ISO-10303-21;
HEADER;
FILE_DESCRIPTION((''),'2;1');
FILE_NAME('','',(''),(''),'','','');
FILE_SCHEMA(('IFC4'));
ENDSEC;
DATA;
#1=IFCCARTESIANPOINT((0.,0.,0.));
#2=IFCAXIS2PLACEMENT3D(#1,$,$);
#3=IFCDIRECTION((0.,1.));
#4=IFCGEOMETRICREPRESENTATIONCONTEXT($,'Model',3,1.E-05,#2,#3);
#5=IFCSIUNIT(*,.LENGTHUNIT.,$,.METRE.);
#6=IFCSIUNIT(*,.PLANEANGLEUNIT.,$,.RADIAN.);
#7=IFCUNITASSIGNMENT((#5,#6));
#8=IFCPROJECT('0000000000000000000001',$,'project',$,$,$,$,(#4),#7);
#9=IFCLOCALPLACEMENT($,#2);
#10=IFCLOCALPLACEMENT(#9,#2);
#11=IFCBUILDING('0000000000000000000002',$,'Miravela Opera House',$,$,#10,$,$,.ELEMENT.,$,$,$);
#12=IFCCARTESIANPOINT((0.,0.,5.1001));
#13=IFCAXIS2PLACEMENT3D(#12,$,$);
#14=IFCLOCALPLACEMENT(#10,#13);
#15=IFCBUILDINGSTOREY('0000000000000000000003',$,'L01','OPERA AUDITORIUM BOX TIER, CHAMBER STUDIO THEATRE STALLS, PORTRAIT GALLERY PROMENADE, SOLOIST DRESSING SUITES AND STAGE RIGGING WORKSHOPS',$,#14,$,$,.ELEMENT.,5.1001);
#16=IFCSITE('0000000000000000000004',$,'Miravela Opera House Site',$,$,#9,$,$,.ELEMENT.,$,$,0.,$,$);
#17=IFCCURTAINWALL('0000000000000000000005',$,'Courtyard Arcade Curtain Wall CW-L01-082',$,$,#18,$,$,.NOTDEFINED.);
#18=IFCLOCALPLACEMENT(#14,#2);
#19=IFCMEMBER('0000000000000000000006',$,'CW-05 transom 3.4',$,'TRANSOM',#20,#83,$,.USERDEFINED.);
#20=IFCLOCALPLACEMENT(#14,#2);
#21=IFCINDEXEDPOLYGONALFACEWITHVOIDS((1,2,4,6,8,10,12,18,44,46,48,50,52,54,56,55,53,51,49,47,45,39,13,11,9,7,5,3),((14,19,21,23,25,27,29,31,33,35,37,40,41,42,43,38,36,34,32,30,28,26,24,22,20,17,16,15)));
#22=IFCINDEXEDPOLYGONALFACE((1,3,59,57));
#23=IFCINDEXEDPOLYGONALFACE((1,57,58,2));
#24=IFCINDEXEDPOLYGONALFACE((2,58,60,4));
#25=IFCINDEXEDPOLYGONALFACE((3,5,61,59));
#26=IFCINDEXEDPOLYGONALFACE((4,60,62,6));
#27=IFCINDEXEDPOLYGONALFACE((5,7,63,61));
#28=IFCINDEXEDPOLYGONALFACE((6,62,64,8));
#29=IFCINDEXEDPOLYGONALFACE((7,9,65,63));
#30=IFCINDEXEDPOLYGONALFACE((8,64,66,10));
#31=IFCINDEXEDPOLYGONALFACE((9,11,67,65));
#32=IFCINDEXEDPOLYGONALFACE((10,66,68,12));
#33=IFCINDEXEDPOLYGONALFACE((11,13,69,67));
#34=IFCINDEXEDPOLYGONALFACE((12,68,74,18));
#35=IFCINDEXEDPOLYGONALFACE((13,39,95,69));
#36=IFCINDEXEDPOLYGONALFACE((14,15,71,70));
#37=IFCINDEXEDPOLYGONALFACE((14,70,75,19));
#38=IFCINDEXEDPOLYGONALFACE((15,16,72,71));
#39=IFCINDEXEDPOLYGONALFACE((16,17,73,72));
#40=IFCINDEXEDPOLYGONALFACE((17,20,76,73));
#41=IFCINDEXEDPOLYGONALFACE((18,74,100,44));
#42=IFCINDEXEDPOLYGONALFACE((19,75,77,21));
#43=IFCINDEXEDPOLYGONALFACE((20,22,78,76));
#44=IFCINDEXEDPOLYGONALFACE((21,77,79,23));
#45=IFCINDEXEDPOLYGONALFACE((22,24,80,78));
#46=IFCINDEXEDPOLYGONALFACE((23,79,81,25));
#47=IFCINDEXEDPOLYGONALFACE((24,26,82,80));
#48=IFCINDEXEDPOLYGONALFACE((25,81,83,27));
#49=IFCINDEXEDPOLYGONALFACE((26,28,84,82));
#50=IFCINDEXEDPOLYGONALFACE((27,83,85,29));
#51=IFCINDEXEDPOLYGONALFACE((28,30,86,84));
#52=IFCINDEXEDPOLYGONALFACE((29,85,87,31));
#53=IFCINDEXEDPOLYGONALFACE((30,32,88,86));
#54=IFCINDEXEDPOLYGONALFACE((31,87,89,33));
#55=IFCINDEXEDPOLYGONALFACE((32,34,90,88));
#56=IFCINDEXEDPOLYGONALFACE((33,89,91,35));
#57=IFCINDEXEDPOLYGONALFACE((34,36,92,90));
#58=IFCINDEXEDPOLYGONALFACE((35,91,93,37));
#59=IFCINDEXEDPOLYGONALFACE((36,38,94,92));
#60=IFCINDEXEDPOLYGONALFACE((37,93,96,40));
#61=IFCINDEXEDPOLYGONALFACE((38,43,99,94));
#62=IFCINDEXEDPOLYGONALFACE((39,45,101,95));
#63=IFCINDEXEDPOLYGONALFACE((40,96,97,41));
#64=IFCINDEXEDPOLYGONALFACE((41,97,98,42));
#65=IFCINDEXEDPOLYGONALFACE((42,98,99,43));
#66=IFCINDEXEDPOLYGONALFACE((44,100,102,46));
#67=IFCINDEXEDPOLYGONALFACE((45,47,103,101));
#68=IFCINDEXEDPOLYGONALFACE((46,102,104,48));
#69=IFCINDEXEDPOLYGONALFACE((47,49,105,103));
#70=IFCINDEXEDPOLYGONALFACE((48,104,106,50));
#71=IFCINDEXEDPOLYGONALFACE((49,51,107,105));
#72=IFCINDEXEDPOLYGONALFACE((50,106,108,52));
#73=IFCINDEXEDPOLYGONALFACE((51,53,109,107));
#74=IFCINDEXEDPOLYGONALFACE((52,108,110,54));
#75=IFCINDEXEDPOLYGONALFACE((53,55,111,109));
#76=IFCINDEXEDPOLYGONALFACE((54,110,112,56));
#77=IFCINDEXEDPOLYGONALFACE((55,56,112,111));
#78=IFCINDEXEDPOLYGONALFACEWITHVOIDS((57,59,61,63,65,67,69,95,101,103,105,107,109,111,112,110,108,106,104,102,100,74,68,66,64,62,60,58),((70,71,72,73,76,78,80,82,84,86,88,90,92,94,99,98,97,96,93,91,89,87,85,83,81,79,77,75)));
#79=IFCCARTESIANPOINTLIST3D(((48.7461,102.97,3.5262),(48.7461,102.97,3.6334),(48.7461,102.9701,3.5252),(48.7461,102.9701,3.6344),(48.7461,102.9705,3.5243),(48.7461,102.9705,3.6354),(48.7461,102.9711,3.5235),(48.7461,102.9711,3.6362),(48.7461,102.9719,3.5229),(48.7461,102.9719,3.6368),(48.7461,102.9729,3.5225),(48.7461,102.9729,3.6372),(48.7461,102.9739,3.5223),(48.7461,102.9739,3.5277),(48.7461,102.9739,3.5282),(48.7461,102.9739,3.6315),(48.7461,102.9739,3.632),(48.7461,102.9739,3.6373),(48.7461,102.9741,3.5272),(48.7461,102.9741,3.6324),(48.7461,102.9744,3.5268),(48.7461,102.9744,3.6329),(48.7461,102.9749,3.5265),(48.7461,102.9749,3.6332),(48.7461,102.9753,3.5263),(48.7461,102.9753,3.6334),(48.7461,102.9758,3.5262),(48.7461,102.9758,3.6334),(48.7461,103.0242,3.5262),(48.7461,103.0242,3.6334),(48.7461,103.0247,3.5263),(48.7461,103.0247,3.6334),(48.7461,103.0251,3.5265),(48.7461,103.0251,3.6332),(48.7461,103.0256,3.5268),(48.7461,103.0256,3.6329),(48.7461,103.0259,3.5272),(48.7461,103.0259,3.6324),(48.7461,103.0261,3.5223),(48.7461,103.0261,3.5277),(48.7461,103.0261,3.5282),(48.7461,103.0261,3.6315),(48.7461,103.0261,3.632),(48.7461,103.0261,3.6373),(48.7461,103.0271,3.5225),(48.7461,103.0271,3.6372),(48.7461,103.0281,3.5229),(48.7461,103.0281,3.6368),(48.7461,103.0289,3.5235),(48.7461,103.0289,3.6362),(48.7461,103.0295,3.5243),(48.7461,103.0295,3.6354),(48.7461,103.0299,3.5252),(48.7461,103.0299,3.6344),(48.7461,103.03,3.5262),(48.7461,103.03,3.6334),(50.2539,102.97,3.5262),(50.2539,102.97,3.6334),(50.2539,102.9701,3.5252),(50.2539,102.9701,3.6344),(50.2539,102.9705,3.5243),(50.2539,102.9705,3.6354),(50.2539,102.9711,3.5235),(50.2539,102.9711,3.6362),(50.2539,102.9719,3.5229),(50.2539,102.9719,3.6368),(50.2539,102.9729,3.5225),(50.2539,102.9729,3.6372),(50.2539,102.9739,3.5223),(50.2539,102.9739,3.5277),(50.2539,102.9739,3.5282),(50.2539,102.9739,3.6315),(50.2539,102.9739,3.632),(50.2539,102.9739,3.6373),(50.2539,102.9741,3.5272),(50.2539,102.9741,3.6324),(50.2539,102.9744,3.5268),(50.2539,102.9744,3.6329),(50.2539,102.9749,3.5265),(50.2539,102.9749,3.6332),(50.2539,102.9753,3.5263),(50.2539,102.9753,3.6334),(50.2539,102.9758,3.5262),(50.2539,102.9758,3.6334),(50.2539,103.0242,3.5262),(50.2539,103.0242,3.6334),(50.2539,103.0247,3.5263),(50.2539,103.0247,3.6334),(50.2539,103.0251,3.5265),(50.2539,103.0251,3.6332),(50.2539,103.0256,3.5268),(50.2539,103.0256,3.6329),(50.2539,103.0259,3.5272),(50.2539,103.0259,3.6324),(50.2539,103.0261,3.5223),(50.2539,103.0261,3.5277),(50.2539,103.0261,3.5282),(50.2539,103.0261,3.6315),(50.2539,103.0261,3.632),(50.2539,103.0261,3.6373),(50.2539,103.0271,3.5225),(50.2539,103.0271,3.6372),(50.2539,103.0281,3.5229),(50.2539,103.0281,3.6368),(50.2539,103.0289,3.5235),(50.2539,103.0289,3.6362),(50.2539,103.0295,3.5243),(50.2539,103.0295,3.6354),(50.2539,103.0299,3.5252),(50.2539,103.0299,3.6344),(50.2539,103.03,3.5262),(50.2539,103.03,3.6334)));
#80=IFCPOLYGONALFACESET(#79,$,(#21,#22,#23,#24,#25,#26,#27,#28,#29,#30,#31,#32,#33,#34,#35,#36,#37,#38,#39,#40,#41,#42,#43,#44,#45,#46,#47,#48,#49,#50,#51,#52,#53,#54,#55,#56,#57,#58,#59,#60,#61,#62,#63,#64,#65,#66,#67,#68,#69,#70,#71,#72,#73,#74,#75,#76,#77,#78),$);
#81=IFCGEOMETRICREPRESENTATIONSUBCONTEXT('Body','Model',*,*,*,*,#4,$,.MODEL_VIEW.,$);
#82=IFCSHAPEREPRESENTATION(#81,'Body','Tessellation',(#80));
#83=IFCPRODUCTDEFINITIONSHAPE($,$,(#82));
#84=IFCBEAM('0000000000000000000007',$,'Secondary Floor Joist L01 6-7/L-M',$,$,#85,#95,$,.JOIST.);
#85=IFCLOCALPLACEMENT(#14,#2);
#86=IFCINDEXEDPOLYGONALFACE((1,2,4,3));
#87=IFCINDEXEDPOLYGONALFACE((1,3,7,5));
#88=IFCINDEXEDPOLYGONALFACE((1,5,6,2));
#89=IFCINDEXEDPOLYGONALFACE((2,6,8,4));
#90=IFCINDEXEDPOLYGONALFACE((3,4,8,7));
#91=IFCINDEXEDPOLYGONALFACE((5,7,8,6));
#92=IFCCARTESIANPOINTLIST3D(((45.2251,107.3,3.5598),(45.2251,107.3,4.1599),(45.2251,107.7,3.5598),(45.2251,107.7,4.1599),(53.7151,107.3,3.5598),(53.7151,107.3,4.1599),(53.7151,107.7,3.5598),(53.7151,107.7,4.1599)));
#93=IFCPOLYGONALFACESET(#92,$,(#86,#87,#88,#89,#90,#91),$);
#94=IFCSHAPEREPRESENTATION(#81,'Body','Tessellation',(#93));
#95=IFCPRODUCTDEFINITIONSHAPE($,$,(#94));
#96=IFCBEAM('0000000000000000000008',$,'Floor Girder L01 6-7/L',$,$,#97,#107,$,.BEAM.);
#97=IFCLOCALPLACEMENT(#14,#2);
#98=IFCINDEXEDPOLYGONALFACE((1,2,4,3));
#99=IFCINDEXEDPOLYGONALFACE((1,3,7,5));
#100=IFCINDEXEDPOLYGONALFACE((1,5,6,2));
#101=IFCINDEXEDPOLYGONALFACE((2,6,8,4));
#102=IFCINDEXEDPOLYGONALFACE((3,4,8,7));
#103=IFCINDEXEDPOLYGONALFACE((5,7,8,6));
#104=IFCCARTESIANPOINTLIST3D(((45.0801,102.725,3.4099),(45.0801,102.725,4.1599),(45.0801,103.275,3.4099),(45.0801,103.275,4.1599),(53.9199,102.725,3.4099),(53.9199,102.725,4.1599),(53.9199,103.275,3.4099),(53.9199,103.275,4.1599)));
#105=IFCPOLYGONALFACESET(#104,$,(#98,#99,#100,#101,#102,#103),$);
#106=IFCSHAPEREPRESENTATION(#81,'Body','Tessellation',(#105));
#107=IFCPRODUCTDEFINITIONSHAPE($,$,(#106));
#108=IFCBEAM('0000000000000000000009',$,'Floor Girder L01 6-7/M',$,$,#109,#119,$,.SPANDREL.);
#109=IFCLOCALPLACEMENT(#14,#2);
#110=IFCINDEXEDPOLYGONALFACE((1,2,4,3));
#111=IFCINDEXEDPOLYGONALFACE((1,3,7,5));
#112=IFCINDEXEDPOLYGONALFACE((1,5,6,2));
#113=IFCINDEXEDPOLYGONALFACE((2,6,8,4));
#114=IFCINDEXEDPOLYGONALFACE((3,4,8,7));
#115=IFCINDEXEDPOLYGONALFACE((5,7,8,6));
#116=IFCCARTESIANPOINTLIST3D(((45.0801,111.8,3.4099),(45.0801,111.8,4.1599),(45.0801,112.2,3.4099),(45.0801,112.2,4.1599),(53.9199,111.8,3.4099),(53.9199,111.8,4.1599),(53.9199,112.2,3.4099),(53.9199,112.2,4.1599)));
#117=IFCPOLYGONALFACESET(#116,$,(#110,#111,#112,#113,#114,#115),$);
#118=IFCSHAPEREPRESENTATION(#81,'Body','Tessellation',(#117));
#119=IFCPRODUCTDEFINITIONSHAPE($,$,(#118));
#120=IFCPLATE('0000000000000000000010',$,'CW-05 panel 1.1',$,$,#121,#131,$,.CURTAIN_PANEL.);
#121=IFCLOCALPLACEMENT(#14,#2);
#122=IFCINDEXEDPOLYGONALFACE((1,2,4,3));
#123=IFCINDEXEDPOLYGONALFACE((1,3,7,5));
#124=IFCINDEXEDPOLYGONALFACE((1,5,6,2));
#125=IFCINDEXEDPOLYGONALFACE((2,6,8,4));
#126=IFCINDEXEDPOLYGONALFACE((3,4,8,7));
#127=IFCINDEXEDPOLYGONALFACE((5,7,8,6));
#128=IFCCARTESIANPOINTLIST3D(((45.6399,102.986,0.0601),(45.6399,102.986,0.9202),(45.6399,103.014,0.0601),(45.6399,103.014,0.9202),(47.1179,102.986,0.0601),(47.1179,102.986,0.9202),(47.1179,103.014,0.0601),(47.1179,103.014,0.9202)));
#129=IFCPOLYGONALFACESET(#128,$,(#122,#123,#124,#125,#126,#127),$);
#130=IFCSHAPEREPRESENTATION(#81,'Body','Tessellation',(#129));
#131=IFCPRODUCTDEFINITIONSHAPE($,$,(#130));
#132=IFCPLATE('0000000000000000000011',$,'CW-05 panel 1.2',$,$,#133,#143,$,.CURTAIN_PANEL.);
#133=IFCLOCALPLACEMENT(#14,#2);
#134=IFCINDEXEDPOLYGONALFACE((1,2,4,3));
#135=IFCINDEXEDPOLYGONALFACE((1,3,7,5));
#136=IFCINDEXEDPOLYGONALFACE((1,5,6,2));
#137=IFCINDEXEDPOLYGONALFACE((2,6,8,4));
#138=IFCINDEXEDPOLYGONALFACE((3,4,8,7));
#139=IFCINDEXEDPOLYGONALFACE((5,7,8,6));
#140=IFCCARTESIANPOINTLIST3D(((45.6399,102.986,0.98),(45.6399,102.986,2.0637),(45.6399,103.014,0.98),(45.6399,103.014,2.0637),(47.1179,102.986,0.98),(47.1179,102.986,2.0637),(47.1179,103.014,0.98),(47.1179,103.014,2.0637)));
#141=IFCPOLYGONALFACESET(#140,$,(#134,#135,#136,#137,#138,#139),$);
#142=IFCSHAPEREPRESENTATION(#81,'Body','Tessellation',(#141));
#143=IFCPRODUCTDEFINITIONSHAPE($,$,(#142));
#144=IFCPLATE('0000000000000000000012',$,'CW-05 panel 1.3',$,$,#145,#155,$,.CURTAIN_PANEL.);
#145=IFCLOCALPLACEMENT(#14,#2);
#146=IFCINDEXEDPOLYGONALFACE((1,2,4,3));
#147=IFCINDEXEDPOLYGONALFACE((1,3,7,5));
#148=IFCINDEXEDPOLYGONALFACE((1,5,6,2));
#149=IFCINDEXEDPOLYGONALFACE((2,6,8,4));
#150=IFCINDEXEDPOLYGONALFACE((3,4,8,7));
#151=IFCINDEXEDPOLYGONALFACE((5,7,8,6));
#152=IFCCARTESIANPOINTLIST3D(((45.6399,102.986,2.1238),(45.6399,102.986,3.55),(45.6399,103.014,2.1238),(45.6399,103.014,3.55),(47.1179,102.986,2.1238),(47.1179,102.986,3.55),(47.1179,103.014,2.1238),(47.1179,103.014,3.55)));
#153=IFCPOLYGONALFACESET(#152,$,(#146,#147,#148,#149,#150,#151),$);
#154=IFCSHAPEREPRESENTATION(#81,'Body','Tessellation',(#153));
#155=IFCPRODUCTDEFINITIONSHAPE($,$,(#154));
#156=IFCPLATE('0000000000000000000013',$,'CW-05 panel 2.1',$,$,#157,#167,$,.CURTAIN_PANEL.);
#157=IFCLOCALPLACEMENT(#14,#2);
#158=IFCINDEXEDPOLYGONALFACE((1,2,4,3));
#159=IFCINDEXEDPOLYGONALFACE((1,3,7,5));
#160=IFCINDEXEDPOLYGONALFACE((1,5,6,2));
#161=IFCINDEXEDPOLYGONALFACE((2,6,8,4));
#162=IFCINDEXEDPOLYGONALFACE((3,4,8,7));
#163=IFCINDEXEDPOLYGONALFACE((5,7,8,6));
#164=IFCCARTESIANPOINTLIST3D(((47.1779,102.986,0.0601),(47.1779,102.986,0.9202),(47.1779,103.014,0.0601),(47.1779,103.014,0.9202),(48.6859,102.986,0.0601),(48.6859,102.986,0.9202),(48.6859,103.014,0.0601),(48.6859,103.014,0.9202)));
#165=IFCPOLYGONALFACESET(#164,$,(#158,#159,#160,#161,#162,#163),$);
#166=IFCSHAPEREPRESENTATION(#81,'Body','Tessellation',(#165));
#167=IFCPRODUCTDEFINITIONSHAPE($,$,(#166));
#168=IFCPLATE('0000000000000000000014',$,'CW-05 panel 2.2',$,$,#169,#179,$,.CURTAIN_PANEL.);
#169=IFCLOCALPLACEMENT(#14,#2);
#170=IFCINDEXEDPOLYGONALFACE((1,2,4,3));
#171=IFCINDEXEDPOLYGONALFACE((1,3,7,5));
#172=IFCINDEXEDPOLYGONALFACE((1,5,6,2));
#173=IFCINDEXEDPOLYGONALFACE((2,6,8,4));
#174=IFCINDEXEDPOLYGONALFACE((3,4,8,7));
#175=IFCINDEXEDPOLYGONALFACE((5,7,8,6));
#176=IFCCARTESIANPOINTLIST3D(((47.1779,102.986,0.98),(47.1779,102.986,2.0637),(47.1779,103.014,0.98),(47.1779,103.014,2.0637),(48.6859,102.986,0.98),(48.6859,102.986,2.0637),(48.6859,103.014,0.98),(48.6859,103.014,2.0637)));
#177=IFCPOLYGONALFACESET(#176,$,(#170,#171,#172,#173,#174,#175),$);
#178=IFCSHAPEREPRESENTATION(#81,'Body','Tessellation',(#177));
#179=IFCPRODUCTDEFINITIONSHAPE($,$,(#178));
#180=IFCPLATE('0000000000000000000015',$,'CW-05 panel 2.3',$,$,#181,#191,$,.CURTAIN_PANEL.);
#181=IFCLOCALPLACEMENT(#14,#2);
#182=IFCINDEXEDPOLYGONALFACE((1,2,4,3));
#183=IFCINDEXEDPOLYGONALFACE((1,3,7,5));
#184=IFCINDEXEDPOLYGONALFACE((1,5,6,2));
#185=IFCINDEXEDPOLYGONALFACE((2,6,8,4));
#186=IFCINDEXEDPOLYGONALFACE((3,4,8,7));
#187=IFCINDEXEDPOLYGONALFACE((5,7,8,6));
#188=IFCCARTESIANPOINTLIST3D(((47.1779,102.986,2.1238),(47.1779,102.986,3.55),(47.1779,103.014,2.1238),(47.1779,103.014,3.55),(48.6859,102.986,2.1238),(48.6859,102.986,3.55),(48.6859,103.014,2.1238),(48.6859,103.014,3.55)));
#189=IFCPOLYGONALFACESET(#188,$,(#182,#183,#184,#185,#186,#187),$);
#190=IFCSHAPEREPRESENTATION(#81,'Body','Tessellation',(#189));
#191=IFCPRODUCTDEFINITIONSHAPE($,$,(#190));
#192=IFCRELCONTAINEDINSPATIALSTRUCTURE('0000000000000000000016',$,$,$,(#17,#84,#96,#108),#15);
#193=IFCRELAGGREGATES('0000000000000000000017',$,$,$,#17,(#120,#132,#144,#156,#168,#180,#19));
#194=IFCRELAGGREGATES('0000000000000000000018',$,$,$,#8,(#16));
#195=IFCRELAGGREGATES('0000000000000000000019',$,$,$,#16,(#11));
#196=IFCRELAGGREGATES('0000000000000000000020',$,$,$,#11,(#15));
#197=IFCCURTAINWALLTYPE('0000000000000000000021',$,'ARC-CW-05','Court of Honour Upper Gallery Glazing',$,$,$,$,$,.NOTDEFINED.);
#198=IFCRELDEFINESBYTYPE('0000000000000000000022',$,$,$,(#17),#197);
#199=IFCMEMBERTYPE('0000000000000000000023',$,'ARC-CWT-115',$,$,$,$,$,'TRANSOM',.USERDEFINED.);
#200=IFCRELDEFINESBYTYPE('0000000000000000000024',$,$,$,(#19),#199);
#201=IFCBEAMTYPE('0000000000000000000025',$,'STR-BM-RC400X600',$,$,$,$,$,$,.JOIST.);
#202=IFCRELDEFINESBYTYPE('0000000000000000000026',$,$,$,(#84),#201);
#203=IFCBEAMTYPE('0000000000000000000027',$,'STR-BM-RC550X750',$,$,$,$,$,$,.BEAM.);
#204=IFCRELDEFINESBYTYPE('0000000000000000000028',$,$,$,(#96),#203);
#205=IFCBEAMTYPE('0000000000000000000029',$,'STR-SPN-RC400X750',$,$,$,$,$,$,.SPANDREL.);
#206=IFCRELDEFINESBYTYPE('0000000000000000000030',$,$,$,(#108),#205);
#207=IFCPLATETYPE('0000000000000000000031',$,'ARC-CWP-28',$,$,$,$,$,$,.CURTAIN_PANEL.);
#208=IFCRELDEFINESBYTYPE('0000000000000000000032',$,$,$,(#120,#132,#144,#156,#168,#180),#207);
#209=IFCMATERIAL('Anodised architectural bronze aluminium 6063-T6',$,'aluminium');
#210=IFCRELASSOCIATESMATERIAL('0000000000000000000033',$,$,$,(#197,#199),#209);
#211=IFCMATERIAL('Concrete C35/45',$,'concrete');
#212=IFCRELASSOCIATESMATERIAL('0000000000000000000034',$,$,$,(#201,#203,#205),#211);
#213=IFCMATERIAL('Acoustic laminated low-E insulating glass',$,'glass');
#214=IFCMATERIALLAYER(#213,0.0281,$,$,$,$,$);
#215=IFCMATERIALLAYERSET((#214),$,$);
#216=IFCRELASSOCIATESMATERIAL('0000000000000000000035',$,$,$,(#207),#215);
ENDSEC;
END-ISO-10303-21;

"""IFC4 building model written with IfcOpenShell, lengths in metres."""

from ifc_helpers import new_model, si_unit, direction, frame, origin, origin_2d, place, context, subcontext, project, spatial, rectangle, hollow_rectangle, extrude, material, layer, layer_set, material_profile, profile_set, type_object, element, aggregate, save


model = new_model("IFC4")

# Units and contexts
model_context = context("Model", 3, precision=1e-05, world=origin(), true_north=direction((0.0, 1.0)))
body_context = subcontext(model_context, "Body", "Model", "MODEL_VIEW")
ifc_project = project(units=[si_unit("LENGTHUNIT", "METRE"), si_unit("PLANEANGLEUNIT", "RADIAN")], contexts=[model_context])

# Site, building, storey
site_placement = place(None, origin())
site = spatial("IfcSite", under=ifc_project, at=site_placement, Name="Miravela Opera House Site", CompositionType="ELEMENT", RefElevation=0.0)
building_placement = place(site_placement, origin())
building = spatial("IfcBuilding", under=site, at=building_placement, Name="Miravela Opera House", CompositionType="ELEMENT")
storey_placement = place(building_placement, frame((0.0, 0.0, 5.1001)))
storey = spatial("IfcBuildingStorey", under=building, at=storey_placement, Name="L01", Description="OPERA AUDITORIUM BOX TIER, CHAMBER STUDIO THEATRE STALLS, PORTRAIT GALLERY PROMENADE, SOLOIST DRESSING SUITES AND STAGE RIGGING WORKSHOPS", CompositionType="ELEMENT", Elevation=5.1001)

# Curtain wall, member
ifc_material_1 = material(Name="Anodised architectural bronze aluminium 6063-T6", Category="aluminium")
curtain_wall_type = type_object("IfcCurtainWallType", Name="ARC-CW-05", Description="Court of Honour Upper Gallery Glazing", PredefinedType="NOTDEFINED", material=ifc_material_1)
curtain_wall_placement = place(storey_placement, origin())
curtain_wall = element("IfcCurtainWall", 1, at=curtain_wall_placement, inside=storey, type_object=curtain_wall_type, Name="Courtyard Arcade Curtain Wall CW-L01-082", PredefinedType="NOTDEFINED")
ifc_material_profile_1 = material_profile(ifc_material_1, hollow_rectangle(XDim=0.0601, YDim=0.115, WallThickness=0.0039, InnerFilletRadius=0.002, OuterFilletRadius=0.0039, at=origin_2d()), Name="CWT-60X115")
ifc_profile_set_1 = profile_set([ifc_material_profile_1])
member_type_1 = type_object("IfcMemberType", Name="ARC-CWT-115", ElementType="TRANSOM", PredefinedType="USERDEFINED", material=ifc_profile_set_1)
member_1_placement = place(storey_placement, frame((48.7461, 103.0, 3.5798), z_axis=(1.0, 0.0, 0.0), x_axis=(0.0, 1.0, 0.0)))
member_1 = element("IfcMember", 2, at=member_1_placement, type_object=member_type_1, Name="CW-05 transom 3.4", ObjectType="TRANSOM", PredefinedType="USERDEFINED", context=body_context, shape_type="SweptSolid", body=[
    extrude(hollow_rectangle(XDim=0.0601, YDim=0.115, WallThickness=0.0039, InnerFilletRadius=0.002, OuterFilletRadius=0.0039, at=origin_2d()), origin(), (0.0, 0.0, 1.0), 1.5078),
])

# Beams
ifc_material_2 = material(Name="Concrete C35/45", Category="concrete")
ifc_material_profile_2 = material_profile(ifc_material_2, rectangle(XDim=0.3999, YDim=0.6001, at=origin_2d()), Name="RC-BM-400X600")
ifc_profile_set_2 = profile_set([ifc_material_profile_2])
beam_type_1 = type_object("IfcBeamType", Name="STR-BM-RC400X600", PredefinedType="JOIST", material=ifc_profile_set_2)
beam_1_placement = place(storey_placement, frame((45.2251, 107.5, 3.8599), z_axis=(1.0, 0.0, 0.0), x_axis=(0.0, 1.0, 0.0)))
element("IfcBeam", 3, at=beam_1_placement, inside=storey, type_object=beam_type_1, Name="Secondary Floor Joist L01 6-7/L-M", PredefinedType="JOIST", context=body_context, shape_type="SweptSolid", body=[
    extrude(rectangle(XDim=0.3999, YDim=0.6001, at=origin_2d()), origin(), (0.0, 0.0, 1.0), 8.49),
])
ifc_material_profile_3 = material_profile(ifc_material_2, rectangle(XDim=0.55, YDim=0.75, at=origin_2d()), Name="RC-BM-550X750")
ifc_profile_set_3 = profile_set([ifc_material_profile_3])
beam_type_2 = type_object("IfcBeamType", Name="STR-BM-RC550X750", PredefinedType="BEAM", material=ifc_profile_set_3)
beam_2_placement = place(storey_placement, frame((45.0801, 103.0, 3.7849), z_axis=(1.0, 0.0, 0.0), x_axis=(0.0, 1.0, 0.0)))
element("IfcBeam", 4, at=beam_2_placement, inside=storey, type_object=beam_type_2, Name="Floor Girder L01 6-7/L", PredefinedType="BEAM", context=body_context, shape_type="SweptSolid", body=[
    extrude(rectangle(XDim=0.55, YDim=0.75, at=origin_2d()), origin(), (0.0, 0.0, 1.0), 8.8398),
])
ifc_material_profile_4 = material_profile(ifc_material_2, rectangle(XDim=0.3999, YDim=0.75, at=origin_2d()), Name="RC-SPN-400X750")
ifc_profile_set_4 = profile_set([ifc_material_profile_4])
beam_type_3 = type_object("IfcBeamType", Name="STR-SPN-RC400X750", PredefinedType="SPANDREL", material=ifc_profile_set_4)
beam_3_placement = place(storey_placement, frame((45.0801, 112.0, 3.7849), z_axis=(1.0, 0.0, 0.0), x_axis=(0.0, 1.0, 0.0)))
element("IfcBeam", 5, at=beam_3_placement, inside=storey, type_object=beam_type_3, Name="Floor Girder L01 6-7/M", PredefinedType="SPANDREL", context=body_context, shape_type="SweptSolid", body=[
    extrude(rectangle(XDim=0.3999, YDim=0.75, at=origin_2d()), origin(), (0.0, 0.0, 1.0), 8.8398),
])

# Plates
ifc_material_3 = material(Name="Acoustic laminated low-E insulating glass", Category="glass")
ifc_layer = layer(ifc_material_3, 0.0281)
ifc_layer_set = layer_set([ifc_layer])
plate_type = type_object("IfcPlateType", Name="ARC-CWP-28", PredefinedType="CURTAIN_PANEL", material=ifc_layer_set)
plate_1_placement = place(storey_placement, frame((46.3789, 103.0, 0.0601), z_axis=(0.0, 0.0, 1.0), x_axis=(1.0, 0.0, 0.0)))
plate_1 = element("IfcPlate", 6, at=plate_1_placement, type_object=plate_type, Name="CW-05 panel 1.1", PredefinedType="CURTAIN_PANEL", context=body_context, shape_type="SweptSolid", body=[
    extrude(rectangle(XDim=1.478, YDim=0.0281, at=origin_2d()), origin(), (0.0, 0.0, 1.0), 0.8601),
])
plate_2_placement = place(storey_placement, frame((46.3789, 103.0, 0.98), z_axis=(0.0, 0.0, 1.0), x_axis=(1.0, 0.0, 0.0)))
plate_2 = element("IfcPlate", 7, at=plate_2_placement, type_object=plate_type, Name="CW-05 panel 1.2", PredefinedType="CURTAIN_PANEL", context=body_context, shape_type="SweptSolid", body=[
    extrude(rectangle(XDim=1.478, YDim=0.0281, at=origin_2d()), origin(), (0.0, 0.0, 1.0), 1.0837),
])
plate_3_placement = place(storey_placement, frame((46.3789, 103.0, 2.1238), z_axis=(0.0, 0.0, 1.0), x_axis=(1.0, 0.0, 0.0)))
plate_3 = element("IfcPlate", 8, at=plate_3_placement, type_object=plate_type, Name="CW-05 panel 1.3", PredefinedType="CURTAIN_PANEL", context=body_context, shape_type="SweptSolid", body=[
    extrude(rectangle(XDim=1.478, YDim=0.0281, at=origin_2d()), origin(), (0.0, 0.0, 1.0), 1.4263),
])
plate_4_placement = place(storey_placement, frame((47.9319, 103.0, 0.0601), z_axis=(0.0, 0.0, 1.0), x_axis=(1.0, 0.0, 0.0)))
plate_4 = element("IfcPlate", 9, at=plate_4_placement, type_object=plate_type, Name="CW-05 panel 2.1", PredefinedType="CURTAIN_PANEL", context=body_context, shape_type="SweptSolid", body=[
    extrude(rectangle(XDim=1.5081, YDim=0.0281, at=origin_2d()), origin(), (0.0, 0.0, 1.0), 0.8601),
])
plate_5_placement = place(storey_placement, frame((47.9319, 103.0, 0.98), z_axis=(0.0, 0.0, 1.0), x_axis=(1.0, 0.0, 0.0)))
plate_5 = element("IfcPlate", 10, at=plate_5_placement, type_object=plate_type, Name="CW-05 panel 2.2", PredefinedType="CURTAIN_PANEL", context=body_context, shape_type="SweptSolid", body=[
    extrude(rectangle(XDim=1.5081, YDim=0.0281, at=origin_2d()), origin(), (0.0, 0.0, 1.0), 1.0837),
])
plate_6_placement = place(storey_placement, frame((47.9319, 103.0, 2.1238), z_axis=(0.0, 0.0, 1.0), x_axis=(1.0, 0.0, 0.0)))
plate_6 = element("IfcPlate", 11, at=plate_6_placement, type_object=plate_type, Name="CW-05 panel 2.3", PredefinedType="CURTAIN_PANEL", context=body_context, shape_type="SweptSolid", body=[
    extrude(rectangle(XDim=1.5081, YDim=0.0281, at=origin_2d()), origin(), (0.0, 0.0, 1.0), 1.4263),
])
aggregate(curtain_wall, [plate_1, plate_2, plate_3, plate_4, plate_5, plate_6, member_1])

save(model, "model.ifc")
